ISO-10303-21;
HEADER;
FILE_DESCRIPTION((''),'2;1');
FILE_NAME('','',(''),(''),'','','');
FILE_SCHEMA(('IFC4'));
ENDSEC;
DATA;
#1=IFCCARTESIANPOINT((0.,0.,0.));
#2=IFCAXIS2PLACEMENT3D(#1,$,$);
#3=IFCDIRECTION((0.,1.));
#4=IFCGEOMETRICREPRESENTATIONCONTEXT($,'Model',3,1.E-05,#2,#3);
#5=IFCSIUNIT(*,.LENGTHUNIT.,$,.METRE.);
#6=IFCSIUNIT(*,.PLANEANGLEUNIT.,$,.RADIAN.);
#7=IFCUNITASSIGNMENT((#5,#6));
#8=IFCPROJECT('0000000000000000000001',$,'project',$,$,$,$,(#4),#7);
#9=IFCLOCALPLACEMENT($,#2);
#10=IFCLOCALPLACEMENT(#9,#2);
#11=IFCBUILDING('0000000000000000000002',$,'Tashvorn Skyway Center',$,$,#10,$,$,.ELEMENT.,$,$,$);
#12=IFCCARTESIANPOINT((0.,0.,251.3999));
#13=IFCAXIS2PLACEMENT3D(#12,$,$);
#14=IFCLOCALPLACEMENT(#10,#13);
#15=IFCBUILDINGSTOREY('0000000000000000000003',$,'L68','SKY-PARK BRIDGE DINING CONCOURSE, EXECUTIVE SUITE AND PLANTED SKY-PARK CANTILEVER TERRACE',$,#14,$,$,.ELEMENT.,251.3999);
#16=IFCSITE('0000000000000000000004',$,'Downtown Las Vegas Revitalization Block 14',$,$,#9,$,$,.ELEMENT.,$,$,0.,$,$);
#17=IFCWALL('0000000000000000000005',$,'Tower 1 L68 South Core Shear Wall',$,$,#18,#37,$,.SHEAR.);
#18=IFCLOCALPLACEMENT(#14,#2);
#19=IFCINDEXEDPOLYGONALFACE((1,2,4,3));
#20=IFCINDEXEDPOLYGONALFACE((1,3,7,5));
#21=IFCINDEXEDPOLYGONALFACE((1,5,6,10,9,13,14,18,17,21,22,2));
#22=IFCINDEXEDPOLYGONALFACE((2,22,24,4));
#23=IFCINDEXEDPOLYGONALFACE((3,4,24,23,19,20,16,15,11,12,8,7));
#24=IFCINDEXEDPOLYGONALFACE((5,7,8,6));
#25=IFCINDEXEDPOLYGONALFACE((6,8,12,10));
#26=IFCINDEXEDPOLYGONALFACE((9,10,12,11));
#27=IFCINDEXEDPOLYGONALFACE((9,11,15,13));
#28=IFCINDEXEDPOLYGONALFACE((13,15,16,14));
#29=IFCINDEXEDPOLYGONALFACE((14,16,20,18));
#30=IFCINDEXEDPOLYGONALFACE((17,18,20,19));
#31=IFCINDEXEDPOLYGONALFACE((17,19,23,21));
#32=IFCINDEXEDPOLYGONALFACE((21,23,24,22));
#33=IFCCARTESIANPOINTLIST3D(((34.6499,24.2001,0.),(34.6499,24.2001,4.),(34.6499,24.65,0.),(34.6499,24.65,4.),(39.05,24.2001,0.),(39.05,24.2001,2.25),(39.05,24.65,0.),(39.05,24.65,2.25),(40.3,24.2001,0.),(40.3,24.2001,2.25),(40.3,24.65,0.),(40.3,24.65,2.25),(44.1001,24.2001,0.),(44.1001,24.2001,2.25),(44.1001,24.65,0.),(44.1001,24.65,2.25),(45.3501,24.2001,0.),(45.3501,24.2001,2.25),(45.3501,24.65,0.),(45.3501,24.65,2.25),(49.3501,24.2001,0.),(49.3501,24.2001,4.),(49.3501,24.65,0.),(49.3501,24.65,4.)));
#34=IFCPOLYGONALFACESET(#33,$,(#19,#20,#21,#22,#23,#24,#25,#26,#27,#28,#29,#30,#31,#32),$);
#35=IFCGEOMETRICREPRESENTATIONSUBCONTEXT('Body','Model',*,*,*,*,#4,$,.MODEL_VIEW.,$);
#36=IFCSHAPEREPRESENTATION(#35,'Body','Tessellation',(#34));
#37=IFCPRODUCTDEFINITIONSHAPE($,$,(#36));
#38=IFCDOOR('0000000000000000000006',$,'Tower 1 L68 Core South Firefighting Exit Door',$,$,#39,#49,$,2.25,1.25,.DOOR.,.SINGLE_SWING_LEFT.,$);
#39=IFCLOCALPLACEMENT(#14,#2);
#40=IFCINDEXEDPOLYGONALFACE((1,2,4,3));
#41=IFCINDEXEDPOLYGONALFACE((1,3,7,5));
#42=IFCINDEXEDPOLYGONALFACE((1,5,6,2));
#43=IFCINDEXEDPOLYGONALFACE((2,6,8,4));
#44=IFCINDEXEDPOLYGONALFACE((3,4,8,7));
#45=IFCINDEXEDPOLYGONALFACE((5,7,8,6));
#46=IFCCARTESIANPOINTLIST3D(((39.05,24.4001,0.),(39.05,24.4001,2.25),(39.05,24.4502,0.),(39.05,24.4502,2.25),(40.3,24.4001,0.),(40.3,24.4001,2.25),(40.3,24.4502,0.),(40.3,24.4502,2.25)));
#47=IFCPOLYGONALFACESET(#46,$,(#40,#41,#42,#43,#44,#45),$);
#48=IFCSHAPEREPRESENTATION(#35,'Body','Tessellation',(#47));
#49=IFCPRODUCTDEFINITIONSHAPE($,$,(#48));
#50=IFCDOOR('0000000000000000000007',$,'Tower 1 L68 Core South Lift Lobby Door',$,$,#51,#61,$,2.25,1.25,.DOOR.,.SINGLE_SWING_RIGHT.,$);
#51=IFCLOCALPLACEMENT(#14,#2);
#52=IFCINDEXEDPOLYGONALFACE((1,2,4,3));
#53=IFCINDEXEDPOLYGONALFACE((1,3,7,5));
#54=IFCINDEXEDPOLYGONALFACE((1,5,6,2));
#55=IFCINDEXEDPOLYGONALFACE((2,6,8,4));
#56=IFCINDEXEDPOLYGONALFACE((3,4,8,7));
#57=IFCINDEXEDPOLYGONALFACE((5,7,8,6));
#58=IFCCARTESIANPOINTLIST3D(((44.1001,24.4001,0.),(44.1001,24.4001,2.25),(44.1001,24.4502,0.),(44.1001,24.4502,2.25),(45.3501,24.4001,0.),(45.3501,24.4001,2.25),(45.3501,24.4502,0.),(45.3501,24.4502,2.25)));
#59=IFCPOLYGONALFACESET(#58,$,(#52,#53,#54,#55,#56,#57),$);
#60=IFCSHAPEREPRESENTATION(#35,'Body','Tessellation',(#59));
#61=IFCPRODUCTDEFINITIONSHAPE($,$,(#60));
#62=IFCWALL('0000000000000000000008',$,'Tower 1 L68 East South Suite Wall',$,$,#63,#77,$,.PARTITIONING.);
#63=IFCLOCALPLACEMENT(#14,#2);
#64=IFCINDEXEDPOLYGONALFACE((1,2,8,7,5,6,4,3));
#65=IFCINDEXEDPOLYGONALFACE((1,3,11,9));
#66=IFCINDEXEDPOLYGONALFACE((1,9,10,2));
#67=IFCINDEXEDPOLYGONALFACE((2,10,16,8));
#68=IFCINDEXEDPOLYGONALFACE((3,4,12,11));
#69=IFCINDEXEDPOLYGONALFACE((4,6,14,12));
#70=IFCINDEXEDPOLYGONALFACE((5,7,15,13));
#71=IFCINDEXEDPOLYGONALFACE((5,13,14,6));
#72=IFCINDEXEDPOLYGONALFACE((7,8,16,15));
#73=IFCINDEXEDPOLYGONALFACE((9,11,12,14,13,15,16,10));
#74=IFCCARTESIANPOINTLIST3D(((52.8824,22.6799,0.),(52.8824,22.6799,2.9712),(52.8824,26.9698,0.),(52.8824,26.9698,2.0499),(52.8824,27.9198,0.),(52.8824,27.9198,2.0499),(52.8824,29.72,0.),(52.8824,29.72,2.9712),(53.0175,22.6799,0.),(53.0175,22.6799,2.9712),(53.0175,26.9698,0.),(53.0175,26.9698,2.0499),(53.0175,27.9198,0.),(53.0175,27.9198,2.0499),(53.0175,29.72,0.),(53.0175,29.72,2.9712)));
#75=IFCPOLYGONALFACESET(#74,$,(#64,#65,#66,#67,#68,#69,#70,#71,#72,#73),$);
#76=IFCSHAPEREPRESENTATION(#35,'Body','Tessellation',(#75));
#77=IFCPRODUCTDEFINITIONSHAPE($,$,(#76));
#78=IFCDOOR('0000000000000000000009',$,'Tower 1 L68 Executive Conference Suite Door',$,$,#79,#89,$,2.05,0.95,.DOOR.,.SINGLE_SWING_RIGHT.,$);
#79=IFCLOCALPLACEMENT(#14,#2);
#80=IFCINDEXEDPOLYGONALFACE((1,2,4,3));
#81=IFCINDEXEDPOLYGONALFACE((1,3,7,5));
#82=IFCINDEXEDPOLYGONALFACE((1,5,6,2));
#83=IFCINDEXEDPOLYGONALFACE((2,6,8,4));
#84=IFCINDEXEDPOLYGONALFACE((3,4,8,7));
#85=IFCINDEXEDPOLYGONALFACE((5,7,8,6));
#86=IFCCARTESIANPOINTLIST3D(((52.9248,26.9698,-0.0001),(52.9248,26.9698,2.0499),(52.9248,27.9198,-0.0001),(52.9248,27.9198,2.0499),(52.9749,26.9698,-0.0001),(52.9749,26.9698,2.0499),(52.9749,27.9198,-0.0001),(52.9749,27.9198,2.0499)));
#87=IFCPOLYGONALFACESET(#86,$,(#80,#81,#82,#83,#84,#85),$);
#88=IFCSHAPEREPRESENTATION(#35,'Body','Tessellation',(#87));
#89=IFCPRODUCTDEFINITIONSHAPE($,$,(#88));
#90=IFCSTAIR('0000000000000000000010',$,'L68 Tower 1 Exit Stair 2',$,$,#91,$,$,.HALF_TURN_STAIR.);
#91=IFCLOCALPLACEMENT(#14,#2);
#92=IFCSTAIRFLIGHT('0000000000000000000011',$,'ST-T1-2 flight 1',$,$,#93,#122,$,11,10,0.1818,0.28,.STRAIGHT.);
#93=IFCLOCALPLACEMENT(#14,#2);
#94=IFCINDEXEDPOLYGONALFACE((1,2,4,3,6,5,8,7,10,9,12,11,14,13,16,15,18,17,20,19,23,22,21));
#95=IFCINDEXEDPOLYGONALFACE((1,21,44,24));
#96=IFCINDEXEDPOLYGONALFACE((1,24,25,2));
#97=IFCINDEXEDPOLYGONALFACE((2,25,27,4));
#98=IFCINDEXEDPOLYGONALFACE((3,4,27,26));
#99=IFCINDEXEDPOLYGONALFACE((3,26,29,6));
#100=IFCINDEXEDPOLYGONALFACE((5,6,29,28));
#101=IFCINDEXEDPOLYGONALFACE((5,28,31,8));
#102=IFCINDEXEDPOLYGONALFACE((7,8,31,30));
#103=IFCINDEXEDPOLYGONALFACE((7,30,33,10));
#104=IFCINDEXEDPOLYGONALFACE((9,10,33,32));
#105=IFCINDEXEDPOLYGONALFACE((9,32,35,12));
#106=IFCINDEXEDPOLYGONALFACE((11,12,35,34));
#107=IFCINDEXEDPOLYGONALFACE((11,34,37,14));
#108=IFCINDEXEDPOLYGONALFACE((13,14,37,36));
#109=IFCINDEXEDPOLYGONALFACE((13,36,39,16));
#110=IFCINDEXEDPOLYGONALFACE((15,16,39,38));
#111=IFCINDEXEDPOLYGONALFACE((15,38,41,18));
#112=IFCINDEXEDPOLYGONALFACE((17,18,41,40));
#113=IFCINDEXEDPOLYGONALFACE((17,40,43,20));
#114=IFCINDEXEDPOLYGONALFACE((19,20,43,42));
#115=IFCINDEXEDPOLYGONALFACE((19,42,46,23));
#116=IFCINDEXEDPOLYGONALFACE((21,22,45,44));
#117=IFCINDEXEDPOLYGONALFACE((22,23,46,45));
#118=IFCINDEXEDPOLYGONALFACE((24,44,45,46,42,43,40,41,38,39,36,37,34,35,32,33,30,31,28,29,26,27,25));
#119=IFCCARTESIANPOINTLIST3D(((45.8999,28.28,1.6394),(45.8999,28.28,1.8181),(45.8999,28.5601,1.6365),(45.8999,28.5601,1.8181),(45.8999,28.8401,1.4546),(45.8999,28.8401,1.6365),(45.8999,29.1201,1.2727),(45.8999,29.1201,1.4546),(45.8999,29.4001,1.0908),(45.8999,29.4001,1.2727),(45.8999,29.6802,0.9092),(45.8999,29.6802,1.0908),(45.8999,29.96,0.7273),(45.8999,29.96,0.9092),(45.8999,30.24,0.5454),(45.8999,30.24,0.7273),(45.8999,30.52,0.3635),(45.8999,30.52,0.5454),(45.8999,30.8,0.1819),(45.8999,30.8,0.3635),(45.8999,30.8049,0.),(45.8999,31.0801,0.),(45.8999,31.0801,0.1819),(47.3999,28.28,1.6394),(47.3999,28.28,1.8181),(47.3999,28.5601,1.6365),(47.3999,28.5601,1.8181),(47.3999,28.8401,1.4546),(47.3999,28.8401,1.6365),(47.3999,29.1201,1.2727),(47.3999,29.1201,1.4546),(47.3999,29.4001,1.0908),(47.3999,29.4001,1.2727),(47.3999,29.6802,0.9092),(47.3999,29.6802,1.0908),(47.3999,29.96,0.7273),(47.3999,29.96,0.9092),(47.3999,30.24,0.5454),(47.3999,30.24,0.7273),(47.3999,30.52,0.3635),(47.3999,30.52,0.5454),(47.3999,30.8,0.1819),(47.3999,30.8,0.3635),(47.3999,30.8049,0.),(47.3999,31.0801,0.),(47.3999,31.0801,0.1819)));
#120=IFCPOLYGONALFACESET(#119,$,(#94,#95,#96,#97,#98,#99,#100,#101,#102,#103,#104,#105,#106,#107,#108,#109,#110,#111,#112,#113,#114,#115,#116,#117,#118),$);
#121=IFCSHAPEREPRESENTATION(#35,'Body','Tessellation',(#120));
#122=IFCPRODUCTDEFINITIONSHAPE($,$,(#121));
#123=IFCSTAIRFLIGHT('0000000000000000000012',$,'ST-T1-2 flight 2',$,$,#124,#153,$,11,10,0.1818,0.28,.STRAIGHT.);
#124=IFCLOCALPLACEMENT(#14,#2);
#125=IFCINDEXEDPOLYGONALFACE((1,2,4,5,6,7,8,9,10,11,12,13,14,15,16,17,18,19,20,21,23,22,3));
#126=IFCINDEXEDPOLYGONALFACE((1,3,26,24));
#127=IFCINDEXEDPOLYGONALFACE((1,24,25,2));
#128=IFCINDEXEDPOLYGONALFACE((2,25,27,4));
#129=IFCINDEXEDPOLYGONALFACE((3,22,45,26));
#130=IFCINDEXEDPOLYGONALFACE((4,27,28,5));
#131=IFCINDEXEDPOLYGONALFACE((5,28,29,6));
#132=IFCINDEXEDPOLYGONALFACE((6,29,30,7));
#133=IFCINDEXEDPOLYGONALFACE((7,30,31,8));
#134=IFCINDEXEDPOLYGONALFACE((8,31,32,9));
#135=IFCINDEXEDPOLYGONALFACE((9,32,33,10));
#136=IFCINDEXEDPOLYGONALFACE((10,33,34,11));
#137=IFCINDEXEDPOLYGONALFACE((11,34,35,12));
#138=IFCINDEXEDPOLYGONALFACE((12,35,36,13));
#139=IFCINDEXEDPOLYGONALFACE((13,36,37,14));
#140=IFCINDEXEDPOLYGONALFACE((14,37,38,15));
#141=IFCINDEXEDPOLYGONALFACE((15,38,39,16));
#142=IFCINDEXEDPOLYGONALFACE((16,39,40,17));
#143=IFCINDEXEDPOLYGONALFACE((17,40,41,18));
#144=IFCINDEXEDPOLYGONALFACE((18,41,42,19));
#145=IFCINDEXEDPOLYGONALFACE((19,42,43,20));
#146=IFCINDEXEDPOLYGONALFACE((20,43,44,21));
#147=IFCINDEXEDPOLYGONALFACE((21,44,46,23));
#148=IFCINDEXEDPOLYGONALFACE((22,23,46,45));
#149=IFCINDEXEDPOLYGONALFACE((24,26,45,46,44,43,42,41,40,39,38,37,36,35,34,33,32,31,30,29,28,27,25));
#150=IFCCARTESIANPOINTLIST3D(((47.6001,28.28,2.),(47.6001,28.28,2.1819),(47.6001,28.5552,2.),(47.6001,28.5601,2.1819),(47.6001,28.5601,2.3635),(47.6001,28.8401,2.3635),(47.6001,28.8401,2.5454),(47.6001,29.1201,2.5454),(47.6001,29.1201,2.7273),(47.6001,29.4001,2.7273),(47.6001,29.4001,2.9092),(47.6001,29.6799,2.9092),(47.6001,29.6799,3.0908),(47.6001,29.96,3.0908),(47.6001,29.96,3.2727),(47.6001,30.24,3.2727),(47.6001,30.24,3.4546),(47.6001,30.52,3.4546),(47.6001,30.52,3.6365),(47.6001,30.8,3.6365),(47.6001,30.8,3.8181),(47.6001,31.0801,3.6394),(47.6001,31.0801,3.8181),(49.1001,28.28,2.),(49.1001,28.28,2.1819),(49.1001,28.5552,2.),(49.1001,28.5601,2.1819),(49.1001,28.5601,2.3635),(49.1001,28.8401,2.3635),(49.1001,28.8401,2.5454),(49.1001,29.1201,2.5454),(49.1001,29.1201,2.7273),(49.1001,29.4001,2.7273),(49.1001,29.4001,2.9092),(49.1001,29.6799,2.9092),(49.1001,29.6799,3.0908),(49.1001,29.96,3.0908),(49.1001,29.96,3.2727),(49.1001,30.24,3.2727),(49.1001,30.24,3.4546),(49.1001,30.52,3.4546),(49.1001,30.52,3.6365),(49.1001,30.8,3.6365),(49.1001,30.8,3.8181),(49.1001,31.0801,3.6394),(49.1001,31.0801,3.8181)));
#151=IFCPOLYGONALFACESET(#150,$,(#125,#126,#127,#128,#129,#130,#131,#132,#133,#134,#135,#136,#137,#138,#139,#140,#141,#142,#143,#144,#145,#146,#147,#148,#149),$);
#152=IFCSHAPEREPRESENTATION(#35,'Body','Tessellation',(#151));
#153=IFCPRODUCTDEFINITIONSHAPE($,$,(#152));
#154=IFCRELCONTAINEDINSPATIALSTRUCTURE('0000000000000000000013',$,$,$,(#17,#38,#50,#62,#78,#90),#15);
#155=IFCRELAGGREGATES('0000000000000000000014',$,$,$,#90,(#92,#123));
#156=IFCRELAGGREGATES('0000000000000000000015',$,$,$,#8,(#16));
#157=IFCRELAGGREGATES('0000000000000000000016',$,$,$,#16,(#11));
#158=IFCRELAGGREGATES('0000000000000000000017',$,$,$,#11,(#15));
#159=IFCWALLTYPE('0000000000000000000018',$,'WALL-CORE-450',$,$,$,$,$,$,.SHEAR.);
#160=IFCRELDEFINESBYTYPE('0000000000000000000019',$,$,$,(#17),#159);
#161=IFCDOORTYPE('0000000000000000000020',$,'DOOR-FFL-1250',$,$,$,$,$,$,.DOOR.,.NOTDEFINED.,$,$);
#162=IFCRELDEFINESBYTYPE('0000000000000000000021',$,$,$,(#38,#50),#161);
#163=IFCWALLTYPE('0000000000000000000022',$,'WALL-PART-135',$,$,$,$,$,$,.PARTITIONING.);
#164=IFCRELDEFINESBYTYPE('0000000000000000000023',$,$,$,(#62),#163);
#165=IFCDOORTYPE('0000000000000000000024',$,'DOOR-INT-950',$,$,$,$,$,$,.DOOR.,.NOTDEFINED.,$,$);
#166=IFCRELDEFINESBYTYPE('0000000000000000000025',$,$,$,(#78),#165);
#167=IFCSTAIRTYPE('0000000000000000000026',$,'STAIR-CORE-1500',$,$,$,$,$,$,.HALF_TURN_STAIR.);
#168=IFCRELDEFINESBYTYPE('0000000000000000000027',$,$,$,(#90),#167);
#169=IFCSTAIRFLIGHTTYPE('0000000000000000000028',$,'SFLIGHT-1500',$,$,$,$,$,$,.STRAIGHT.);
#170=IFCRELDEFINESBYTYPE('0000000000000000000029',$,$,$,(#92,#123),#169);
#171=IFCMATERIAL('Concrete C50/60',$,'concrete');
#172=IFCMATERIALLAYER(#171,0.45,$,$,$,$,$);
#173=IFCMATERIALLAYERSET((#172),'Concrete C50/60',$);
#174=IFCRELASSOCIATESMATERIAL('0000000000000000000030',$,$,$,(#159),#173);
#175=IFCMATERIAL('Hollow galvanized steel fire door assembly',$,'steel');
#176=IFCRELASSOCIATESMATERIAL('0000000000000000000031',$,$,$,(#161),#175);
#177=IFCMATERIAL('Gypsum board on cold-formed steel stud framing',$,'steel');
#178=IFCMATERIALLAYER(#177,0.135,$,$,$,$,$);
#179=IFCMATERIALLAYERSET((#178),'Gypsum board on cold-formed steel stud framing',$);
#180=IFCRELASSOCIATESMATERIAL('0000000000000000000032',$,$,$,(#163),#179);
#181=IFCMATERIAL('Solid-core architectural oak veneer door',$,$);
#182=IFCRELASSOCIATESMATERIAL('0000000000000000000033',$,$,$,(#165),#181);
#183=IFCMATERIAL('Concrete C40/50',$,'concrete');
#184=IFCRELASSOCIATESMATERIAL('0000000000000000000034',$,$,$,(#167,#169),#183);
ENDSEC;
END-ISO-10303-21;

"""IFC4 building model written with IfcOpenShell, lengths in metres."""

from ifc_helpers import new_model, si_unit, direction, frame, frame_2d, origin, place, context, subcontext, project, spatial, polyline, rectangle, outline, extrude, material, layer, layer_set, type_object, element, fill, aggregate, save


model = new_model("IFC4")

# Units and contexts
model_context = context("Model", 3, precision=1e-05, world=origin(), true_north=direction((0.0, 1.0)))
body_context = subcontext(model_context, "Body", "Model", "MODEL_VIEW")
ifc_project = project(units=[si_unit("LENGTHUNIT", "METRE"), si_unit("PLANEANGLEUNIT", "RADIAN")], contexts=[model_context])

# Site, building, storey
site_placement = place(None, origin())
site = spatial("IfcSite", under=ifc_project, at=site_placement, Name="Downtown Las Vegas Revitalization Block 14", CompositionType="ELEMENT", RefElevation=0.0)
building_placement = place(site_placement, origin())
building = spatial("IfcBuilding", under=site, at=building_placement, Name="Tashvorn Skyway Center", CompositionType="ELEMENT")
storey_placement = place(building_placement, frame((0.0, 0.0, 251.3999)))
storey = spatial("IfcBuildingStorey", under=building, at=storey_placement, Name="L68", Description="SKY-PARK BRIDGE DINING CONCOURSE, EXECUTIVE SUITE AND PLANTED SKY-PARK CANTILEVER TERRACE", CompositionType="ELEMENT", Elevation=251.3999)

# Wall, openings, doors
ifc_material_1 = material(Name="Concrete C50/60", Category="concrete")
ifc_layer_1 = layer(ifc_material_1, 0.45)
ifc_layer_set_1 = layer_set([ifc_layer_1], Name="Concrete C50/60")
wall_type_1 = type_object("IfcWallType", Name="WALL-CORE-450", PredefinedType="SHEAR", material=ifc_layer_set_1)
wall_1_placement = place(storey_placement, frame((49.3501, 24.425, 0.0), z_axis=(0.0, 0.0, 1.0), x_axis=(-1.0, 0.0, 0.0)))
wall_1 = element("IfcWall", 1, at=wall_1_placement, inside=storey, type_object=wall_type_1, Name="Tower 1 L68 South Core Shear Wall", PredefinedType="SHEAR", context=body_context, shape_type="SweptSolid", body=[
    extrude(rectangle(XDim=14.7002, YDim=0.45, at=frame_2d((7.3501, 0.0))), origin(), (0.0, 0.0, 1.0), 4.0),
])
opening_1_placement = place(wall_1_placement, frame((9.05, 0.0, 0.0)))
opening_1 = element("IfcOpeningElement", 2, at=opening_1_placement, cuts=wall_1, PredefinedType="OPENING", context=body_context, shape_type="SweptSolid", body=[
    extrude(rectangle(XDim=1.25, YDim=2.25, at=frame_2d((0.625, 1.125))), frame((0.0, 0.2349, 0.0), z_axis=(0.0, -1.0, 0.0), x_axis=(1.0, 0.0, 0.0)), (0.0, 0.0, 1.0), 0.47),
])
opening_2_placement = place(wall_1_placement, frame((4.0, 0.0, 0.0)))
opening_2 = element("IfcOpeningElement", 3, at=opening_2_placement, cuts=wall_1, PredefinedType="OPENING", context=body_context, shape_type="SweptSolid", body=[
    extrude(rectangle(XDim=1.25, YDim=2.25, at=frame_2d((0.625, 1.125))), frame((0.0, 0.2349, 0.0), z_axis=(0.0, -1.0, 0.0), x_axis=(1.0, 0.0, 0.0)), (0.0, 0.0, 1.0), 0.47),
])
ifc_material_2 = material(Name="Hollow galvanized steel fire door assembly", Category="steel")
door_type_1 = type_object("IfcDoorType", Name="DOOR-FFL-1250", OperationType="NOTDEFINED", PredefinedType="DOOR", material=ifc_material_2)
door_1_placement = place(opening_1_placement, origin())
door_1 = element("IfcDoor", 4, at=door_1_placement, inside=storey, type_object=door_type_1, Name="Tower 1 L68 Core South Firefighting Exit Door", OperationType="SINGLE_SWING_LEFT", OverallHeight=2.25, OverallWidth=1.25, PredefinedType="DOOR", context=body_context, shape_type="SweptSolid", body=[
    extrude(rectangle(XDim=1.25, YDim=2.25, at=frame_2d((0.625, 1.125))), frame((0.0, 0.0249, 0.0), z_axis=(0.0, -1.0, 0.0), x_axis=(1.0, 0.0, 0.0)), (0.0, 0.0, 1.0), 0.05),
])
fill(opening_1, door_1)
door_2_placement = place(opening_2_placement, origin())
door_2 = element("IfcDoor", 5, at=door_2_placement, inside=storey, type_object=door_type_1, Name="Tower 1 L68 Core South Lift Lobby Door", OperationType="SINGLE_SWING_RIGHT", OverallHeight=2.25, OverallWidth=1.25, PredefinedType="DOOR", context=body_context, shape_type="SweptSolid", body=[
    extrude(rectangle(XDim=1.25, YDim=2.25, at=frame_2d((0.625, 1.125))), frame((0.0, 0.0249, 0.0), z_axis=(0.0, -1.0, 0.0), x_axis=(1.0, 0.0, 0.0)), (0.0, 0.0, 1.0), 0.05),
])
fill(opening_2, door_2)

# Wall, opening, door
ifc_material_3 = material(Name="Gypsum board on cold-formed steel stud framing", Category="steel")
ifc_layer_2 = layer(ifc_material_3, 0.135)
ifc_layer_set_2 = layer_set([ifc_layer_2], Name="Gypsum board on cold-formed steel stud framing")
wall_type_2 = type_object("IfcWallType", Name="WALL-PART-135", PredefinedType="PARTITIONING", material=ifc_layer_set_2)
wall_2_placement = place(storey_placement, frame((52.95, 29.72, 0.0), z_axis=(0.0, 0.0, 1.0), x_axis=(0.0, -1.0, 0.0)))
wall_2 = element("IfcWall", 6, at=wall_2_placement, inside=storey, type_object=wall_type_2, Name="Tower 1 L68 East South Suite Wall", PredefinedType="PARTITIONING", context=body_context, shape_type="SweptSolid", body=[
    extrude(rectangle(XDim=7.04, YDim=0.135, at=frame_2d((3.52, 0.0))), origin(), (0.0, 0.0, 1.0), 2.9712),
])
opening_3_placement = place(wall_2_placement, frame((1.8, 0.0, 0.0)))
opening_3 = element("IfcOpeningElement", 7, at=opening_3_placement, cuts=wall_2, PredefinedType="OPENING", context=body_context, shape_type="SweptSolid", body=[
    extrude(rectangle(XDim=0.95, YDim=2.05, at=frame_2d((0.4751, 1.0249))), frame((0.0, 0.0774, 0.0), z_axis=(0.0, -1.0, 0.0), x_axis=(1.0, 0.0, 0.0)), (0.0, 0.0, 1.0), 0.155),
])
ifc_material_4 = material(Name="Solid-core architectural oak veneer door")
door_type_2 = type_object("IfcDoorType", Name="DOOR-INT-950", OperationType="NOTDEFINED", PredefinedType="DOOR", material=ifc_material_4)
door_3_placement = place(opening_3_placement, origin())
door_3 = element("IfcDoor", 8, at=door_3_placement, inside=storey, type_object=door_type_2, Name="Tower 1 L68 Executive Conference Suite Door", OperationType="SINGLE_SWING_RIGHT", OverallHeight=2.05, OverallWidth=0.95, PredefinedType="DOOR", context=body_context, shape_type="SweptSolid", body=[
    extrude(rectangle(XDim=0.95, YDim=2.05, at=frame_2d((0.4751, 1.0249))), frame((0.0, 0.0249, 0.0), z_axis=(0.0, -1.0, 0.0), x_axis=(1.0, 0.0, 0.0)), (0.0, 0.0, 1.0), 0.05),
])
fill(opening_3, door_3)

# Stair, stair flights
ifc_material_5 = material(Name="Concrete C40/50", Category="concrete")
stair_type = type_object("IfcStairType", Name="STAIR-CORE-1500", PredefinedType="HALF_TURN_STAIR", material=ifc_material_5)
stair_placement = place(storey_placement, origin())
stair = element("IfcStair", 9, at=stair_placement, inside=storey, type_object=stair_type, Name="L68 Tower 1 Exit Stair 2", PredefinedType="HALF_TURN_STAIR")
stair_flight_type = type_object("IfcStairFlightType", Name="SFLIGHT-1500", PredefinedType="STRAIGHT", material=ifc_material_5)
stair_flight_1_placement = place(storey_placement, frame((46.6499, 31.0801, 0.0), z_axis=(0.0, 0.0, 1.0), x_axis=(0.0, -1.0, 0.0)))
stair_flight_1 = element("IfcStairFlight", 10, at=stair_flight_1_placement, type_object=stair_flight_type, Name="ST-T1-2 flight 1", NumberOfRisers=11, NumberOfTreads=10, PredefinedType="STRAIGHT", RiserHeight=0.1818, TreadLength=0.28, context=body_context, shape_type="SweptSolid", body=[
    extrude(outline(polyline([(0.0, 0.0), (0.0, 0.1819), (0.28, 0.1819), (0.28, 0.3635), (0.5601, 0.3635), (0.5601, 0.5454), (0.8401, 0.5454), (0.8401, 0.7273), (1.1201, 0.7273), (1.1201, 0.9092), (1.3999, 0.9092), (1.3999, 1.0908), (1.6799, 1.0908), (1.6799, 1.2727), (1.96, 1.2727), (1.96, 1.4546), (2.24, 1.4546), (2.24, 1.6365), (2.52, 1.6365), (2.52, 1.8181), (2.8, 1.8181), (2.8, 2.0), (2.8, 1.6394), (0.2751, 0.0), (0.0, 0.0)])), frame((0.0, 0.75, 0.0), z_axis=(0.0, -1.0, 0.0), x_axis=(1.0, 0.0, 0.0)), (0.0, 0.0, 1.0), 1.5),
])
stair_flight_2_placement = place(storey_placement, frame((48.3501, 28.28, 2.0), z_axis=(0.0, 0.0, 1.0), x_axis=(0.0, 1.0, 0.0)))
stair_flight_2 = element("IfcStairFlight", 11, at=stair_flight_2_placement, type_object=stair_flight_type, Name="ST-T1-2 flight 2", NumberOfRisers=11, NumberOfTreads=10, PredefinedType="STRAIGHT", RiserHeight=0.1818, TreadLength=0.28, context=body_context, shape_type="SweptSolid", body=[
    extrude(outline(polyline([(0.0, 0.0), (0.0, 0.1819), (0.28, 0.1819), (0.28, 0.3635), (0.5601, 0.3635), (0.5601, 0.5454), (0.8401, 0.5454), (0.8401, 0.7273), (1.1201, 0.7273), (1.1201, 0.9092), (1.3999, 0.9092), (1.3999, 1.0908), (1.6799, 1.0908), (1.6799, 1.2727), (1.96, 1.2727), (1.96, 1.4546), (2.24, 1.4546), (2.24, 1.6365), (2.52, 1.6365), (2.52, 1.8181), (2.8, 1.8181), (2.8, 2.0), (2.8, 1.6394), (0.2751, 0.0), (0.0, 0.0)])), frame((0.0, 0.75, 0.0), z_axis=(0.0, -1.0, 0.0), x_axis=(1.0, 0.0, 0.0)), (0.0, 0.0, 1.0), 1.5),
])
aggregate(stair, [stair_flight_1, stair_flight_2])

save(model, "model.ifc")
